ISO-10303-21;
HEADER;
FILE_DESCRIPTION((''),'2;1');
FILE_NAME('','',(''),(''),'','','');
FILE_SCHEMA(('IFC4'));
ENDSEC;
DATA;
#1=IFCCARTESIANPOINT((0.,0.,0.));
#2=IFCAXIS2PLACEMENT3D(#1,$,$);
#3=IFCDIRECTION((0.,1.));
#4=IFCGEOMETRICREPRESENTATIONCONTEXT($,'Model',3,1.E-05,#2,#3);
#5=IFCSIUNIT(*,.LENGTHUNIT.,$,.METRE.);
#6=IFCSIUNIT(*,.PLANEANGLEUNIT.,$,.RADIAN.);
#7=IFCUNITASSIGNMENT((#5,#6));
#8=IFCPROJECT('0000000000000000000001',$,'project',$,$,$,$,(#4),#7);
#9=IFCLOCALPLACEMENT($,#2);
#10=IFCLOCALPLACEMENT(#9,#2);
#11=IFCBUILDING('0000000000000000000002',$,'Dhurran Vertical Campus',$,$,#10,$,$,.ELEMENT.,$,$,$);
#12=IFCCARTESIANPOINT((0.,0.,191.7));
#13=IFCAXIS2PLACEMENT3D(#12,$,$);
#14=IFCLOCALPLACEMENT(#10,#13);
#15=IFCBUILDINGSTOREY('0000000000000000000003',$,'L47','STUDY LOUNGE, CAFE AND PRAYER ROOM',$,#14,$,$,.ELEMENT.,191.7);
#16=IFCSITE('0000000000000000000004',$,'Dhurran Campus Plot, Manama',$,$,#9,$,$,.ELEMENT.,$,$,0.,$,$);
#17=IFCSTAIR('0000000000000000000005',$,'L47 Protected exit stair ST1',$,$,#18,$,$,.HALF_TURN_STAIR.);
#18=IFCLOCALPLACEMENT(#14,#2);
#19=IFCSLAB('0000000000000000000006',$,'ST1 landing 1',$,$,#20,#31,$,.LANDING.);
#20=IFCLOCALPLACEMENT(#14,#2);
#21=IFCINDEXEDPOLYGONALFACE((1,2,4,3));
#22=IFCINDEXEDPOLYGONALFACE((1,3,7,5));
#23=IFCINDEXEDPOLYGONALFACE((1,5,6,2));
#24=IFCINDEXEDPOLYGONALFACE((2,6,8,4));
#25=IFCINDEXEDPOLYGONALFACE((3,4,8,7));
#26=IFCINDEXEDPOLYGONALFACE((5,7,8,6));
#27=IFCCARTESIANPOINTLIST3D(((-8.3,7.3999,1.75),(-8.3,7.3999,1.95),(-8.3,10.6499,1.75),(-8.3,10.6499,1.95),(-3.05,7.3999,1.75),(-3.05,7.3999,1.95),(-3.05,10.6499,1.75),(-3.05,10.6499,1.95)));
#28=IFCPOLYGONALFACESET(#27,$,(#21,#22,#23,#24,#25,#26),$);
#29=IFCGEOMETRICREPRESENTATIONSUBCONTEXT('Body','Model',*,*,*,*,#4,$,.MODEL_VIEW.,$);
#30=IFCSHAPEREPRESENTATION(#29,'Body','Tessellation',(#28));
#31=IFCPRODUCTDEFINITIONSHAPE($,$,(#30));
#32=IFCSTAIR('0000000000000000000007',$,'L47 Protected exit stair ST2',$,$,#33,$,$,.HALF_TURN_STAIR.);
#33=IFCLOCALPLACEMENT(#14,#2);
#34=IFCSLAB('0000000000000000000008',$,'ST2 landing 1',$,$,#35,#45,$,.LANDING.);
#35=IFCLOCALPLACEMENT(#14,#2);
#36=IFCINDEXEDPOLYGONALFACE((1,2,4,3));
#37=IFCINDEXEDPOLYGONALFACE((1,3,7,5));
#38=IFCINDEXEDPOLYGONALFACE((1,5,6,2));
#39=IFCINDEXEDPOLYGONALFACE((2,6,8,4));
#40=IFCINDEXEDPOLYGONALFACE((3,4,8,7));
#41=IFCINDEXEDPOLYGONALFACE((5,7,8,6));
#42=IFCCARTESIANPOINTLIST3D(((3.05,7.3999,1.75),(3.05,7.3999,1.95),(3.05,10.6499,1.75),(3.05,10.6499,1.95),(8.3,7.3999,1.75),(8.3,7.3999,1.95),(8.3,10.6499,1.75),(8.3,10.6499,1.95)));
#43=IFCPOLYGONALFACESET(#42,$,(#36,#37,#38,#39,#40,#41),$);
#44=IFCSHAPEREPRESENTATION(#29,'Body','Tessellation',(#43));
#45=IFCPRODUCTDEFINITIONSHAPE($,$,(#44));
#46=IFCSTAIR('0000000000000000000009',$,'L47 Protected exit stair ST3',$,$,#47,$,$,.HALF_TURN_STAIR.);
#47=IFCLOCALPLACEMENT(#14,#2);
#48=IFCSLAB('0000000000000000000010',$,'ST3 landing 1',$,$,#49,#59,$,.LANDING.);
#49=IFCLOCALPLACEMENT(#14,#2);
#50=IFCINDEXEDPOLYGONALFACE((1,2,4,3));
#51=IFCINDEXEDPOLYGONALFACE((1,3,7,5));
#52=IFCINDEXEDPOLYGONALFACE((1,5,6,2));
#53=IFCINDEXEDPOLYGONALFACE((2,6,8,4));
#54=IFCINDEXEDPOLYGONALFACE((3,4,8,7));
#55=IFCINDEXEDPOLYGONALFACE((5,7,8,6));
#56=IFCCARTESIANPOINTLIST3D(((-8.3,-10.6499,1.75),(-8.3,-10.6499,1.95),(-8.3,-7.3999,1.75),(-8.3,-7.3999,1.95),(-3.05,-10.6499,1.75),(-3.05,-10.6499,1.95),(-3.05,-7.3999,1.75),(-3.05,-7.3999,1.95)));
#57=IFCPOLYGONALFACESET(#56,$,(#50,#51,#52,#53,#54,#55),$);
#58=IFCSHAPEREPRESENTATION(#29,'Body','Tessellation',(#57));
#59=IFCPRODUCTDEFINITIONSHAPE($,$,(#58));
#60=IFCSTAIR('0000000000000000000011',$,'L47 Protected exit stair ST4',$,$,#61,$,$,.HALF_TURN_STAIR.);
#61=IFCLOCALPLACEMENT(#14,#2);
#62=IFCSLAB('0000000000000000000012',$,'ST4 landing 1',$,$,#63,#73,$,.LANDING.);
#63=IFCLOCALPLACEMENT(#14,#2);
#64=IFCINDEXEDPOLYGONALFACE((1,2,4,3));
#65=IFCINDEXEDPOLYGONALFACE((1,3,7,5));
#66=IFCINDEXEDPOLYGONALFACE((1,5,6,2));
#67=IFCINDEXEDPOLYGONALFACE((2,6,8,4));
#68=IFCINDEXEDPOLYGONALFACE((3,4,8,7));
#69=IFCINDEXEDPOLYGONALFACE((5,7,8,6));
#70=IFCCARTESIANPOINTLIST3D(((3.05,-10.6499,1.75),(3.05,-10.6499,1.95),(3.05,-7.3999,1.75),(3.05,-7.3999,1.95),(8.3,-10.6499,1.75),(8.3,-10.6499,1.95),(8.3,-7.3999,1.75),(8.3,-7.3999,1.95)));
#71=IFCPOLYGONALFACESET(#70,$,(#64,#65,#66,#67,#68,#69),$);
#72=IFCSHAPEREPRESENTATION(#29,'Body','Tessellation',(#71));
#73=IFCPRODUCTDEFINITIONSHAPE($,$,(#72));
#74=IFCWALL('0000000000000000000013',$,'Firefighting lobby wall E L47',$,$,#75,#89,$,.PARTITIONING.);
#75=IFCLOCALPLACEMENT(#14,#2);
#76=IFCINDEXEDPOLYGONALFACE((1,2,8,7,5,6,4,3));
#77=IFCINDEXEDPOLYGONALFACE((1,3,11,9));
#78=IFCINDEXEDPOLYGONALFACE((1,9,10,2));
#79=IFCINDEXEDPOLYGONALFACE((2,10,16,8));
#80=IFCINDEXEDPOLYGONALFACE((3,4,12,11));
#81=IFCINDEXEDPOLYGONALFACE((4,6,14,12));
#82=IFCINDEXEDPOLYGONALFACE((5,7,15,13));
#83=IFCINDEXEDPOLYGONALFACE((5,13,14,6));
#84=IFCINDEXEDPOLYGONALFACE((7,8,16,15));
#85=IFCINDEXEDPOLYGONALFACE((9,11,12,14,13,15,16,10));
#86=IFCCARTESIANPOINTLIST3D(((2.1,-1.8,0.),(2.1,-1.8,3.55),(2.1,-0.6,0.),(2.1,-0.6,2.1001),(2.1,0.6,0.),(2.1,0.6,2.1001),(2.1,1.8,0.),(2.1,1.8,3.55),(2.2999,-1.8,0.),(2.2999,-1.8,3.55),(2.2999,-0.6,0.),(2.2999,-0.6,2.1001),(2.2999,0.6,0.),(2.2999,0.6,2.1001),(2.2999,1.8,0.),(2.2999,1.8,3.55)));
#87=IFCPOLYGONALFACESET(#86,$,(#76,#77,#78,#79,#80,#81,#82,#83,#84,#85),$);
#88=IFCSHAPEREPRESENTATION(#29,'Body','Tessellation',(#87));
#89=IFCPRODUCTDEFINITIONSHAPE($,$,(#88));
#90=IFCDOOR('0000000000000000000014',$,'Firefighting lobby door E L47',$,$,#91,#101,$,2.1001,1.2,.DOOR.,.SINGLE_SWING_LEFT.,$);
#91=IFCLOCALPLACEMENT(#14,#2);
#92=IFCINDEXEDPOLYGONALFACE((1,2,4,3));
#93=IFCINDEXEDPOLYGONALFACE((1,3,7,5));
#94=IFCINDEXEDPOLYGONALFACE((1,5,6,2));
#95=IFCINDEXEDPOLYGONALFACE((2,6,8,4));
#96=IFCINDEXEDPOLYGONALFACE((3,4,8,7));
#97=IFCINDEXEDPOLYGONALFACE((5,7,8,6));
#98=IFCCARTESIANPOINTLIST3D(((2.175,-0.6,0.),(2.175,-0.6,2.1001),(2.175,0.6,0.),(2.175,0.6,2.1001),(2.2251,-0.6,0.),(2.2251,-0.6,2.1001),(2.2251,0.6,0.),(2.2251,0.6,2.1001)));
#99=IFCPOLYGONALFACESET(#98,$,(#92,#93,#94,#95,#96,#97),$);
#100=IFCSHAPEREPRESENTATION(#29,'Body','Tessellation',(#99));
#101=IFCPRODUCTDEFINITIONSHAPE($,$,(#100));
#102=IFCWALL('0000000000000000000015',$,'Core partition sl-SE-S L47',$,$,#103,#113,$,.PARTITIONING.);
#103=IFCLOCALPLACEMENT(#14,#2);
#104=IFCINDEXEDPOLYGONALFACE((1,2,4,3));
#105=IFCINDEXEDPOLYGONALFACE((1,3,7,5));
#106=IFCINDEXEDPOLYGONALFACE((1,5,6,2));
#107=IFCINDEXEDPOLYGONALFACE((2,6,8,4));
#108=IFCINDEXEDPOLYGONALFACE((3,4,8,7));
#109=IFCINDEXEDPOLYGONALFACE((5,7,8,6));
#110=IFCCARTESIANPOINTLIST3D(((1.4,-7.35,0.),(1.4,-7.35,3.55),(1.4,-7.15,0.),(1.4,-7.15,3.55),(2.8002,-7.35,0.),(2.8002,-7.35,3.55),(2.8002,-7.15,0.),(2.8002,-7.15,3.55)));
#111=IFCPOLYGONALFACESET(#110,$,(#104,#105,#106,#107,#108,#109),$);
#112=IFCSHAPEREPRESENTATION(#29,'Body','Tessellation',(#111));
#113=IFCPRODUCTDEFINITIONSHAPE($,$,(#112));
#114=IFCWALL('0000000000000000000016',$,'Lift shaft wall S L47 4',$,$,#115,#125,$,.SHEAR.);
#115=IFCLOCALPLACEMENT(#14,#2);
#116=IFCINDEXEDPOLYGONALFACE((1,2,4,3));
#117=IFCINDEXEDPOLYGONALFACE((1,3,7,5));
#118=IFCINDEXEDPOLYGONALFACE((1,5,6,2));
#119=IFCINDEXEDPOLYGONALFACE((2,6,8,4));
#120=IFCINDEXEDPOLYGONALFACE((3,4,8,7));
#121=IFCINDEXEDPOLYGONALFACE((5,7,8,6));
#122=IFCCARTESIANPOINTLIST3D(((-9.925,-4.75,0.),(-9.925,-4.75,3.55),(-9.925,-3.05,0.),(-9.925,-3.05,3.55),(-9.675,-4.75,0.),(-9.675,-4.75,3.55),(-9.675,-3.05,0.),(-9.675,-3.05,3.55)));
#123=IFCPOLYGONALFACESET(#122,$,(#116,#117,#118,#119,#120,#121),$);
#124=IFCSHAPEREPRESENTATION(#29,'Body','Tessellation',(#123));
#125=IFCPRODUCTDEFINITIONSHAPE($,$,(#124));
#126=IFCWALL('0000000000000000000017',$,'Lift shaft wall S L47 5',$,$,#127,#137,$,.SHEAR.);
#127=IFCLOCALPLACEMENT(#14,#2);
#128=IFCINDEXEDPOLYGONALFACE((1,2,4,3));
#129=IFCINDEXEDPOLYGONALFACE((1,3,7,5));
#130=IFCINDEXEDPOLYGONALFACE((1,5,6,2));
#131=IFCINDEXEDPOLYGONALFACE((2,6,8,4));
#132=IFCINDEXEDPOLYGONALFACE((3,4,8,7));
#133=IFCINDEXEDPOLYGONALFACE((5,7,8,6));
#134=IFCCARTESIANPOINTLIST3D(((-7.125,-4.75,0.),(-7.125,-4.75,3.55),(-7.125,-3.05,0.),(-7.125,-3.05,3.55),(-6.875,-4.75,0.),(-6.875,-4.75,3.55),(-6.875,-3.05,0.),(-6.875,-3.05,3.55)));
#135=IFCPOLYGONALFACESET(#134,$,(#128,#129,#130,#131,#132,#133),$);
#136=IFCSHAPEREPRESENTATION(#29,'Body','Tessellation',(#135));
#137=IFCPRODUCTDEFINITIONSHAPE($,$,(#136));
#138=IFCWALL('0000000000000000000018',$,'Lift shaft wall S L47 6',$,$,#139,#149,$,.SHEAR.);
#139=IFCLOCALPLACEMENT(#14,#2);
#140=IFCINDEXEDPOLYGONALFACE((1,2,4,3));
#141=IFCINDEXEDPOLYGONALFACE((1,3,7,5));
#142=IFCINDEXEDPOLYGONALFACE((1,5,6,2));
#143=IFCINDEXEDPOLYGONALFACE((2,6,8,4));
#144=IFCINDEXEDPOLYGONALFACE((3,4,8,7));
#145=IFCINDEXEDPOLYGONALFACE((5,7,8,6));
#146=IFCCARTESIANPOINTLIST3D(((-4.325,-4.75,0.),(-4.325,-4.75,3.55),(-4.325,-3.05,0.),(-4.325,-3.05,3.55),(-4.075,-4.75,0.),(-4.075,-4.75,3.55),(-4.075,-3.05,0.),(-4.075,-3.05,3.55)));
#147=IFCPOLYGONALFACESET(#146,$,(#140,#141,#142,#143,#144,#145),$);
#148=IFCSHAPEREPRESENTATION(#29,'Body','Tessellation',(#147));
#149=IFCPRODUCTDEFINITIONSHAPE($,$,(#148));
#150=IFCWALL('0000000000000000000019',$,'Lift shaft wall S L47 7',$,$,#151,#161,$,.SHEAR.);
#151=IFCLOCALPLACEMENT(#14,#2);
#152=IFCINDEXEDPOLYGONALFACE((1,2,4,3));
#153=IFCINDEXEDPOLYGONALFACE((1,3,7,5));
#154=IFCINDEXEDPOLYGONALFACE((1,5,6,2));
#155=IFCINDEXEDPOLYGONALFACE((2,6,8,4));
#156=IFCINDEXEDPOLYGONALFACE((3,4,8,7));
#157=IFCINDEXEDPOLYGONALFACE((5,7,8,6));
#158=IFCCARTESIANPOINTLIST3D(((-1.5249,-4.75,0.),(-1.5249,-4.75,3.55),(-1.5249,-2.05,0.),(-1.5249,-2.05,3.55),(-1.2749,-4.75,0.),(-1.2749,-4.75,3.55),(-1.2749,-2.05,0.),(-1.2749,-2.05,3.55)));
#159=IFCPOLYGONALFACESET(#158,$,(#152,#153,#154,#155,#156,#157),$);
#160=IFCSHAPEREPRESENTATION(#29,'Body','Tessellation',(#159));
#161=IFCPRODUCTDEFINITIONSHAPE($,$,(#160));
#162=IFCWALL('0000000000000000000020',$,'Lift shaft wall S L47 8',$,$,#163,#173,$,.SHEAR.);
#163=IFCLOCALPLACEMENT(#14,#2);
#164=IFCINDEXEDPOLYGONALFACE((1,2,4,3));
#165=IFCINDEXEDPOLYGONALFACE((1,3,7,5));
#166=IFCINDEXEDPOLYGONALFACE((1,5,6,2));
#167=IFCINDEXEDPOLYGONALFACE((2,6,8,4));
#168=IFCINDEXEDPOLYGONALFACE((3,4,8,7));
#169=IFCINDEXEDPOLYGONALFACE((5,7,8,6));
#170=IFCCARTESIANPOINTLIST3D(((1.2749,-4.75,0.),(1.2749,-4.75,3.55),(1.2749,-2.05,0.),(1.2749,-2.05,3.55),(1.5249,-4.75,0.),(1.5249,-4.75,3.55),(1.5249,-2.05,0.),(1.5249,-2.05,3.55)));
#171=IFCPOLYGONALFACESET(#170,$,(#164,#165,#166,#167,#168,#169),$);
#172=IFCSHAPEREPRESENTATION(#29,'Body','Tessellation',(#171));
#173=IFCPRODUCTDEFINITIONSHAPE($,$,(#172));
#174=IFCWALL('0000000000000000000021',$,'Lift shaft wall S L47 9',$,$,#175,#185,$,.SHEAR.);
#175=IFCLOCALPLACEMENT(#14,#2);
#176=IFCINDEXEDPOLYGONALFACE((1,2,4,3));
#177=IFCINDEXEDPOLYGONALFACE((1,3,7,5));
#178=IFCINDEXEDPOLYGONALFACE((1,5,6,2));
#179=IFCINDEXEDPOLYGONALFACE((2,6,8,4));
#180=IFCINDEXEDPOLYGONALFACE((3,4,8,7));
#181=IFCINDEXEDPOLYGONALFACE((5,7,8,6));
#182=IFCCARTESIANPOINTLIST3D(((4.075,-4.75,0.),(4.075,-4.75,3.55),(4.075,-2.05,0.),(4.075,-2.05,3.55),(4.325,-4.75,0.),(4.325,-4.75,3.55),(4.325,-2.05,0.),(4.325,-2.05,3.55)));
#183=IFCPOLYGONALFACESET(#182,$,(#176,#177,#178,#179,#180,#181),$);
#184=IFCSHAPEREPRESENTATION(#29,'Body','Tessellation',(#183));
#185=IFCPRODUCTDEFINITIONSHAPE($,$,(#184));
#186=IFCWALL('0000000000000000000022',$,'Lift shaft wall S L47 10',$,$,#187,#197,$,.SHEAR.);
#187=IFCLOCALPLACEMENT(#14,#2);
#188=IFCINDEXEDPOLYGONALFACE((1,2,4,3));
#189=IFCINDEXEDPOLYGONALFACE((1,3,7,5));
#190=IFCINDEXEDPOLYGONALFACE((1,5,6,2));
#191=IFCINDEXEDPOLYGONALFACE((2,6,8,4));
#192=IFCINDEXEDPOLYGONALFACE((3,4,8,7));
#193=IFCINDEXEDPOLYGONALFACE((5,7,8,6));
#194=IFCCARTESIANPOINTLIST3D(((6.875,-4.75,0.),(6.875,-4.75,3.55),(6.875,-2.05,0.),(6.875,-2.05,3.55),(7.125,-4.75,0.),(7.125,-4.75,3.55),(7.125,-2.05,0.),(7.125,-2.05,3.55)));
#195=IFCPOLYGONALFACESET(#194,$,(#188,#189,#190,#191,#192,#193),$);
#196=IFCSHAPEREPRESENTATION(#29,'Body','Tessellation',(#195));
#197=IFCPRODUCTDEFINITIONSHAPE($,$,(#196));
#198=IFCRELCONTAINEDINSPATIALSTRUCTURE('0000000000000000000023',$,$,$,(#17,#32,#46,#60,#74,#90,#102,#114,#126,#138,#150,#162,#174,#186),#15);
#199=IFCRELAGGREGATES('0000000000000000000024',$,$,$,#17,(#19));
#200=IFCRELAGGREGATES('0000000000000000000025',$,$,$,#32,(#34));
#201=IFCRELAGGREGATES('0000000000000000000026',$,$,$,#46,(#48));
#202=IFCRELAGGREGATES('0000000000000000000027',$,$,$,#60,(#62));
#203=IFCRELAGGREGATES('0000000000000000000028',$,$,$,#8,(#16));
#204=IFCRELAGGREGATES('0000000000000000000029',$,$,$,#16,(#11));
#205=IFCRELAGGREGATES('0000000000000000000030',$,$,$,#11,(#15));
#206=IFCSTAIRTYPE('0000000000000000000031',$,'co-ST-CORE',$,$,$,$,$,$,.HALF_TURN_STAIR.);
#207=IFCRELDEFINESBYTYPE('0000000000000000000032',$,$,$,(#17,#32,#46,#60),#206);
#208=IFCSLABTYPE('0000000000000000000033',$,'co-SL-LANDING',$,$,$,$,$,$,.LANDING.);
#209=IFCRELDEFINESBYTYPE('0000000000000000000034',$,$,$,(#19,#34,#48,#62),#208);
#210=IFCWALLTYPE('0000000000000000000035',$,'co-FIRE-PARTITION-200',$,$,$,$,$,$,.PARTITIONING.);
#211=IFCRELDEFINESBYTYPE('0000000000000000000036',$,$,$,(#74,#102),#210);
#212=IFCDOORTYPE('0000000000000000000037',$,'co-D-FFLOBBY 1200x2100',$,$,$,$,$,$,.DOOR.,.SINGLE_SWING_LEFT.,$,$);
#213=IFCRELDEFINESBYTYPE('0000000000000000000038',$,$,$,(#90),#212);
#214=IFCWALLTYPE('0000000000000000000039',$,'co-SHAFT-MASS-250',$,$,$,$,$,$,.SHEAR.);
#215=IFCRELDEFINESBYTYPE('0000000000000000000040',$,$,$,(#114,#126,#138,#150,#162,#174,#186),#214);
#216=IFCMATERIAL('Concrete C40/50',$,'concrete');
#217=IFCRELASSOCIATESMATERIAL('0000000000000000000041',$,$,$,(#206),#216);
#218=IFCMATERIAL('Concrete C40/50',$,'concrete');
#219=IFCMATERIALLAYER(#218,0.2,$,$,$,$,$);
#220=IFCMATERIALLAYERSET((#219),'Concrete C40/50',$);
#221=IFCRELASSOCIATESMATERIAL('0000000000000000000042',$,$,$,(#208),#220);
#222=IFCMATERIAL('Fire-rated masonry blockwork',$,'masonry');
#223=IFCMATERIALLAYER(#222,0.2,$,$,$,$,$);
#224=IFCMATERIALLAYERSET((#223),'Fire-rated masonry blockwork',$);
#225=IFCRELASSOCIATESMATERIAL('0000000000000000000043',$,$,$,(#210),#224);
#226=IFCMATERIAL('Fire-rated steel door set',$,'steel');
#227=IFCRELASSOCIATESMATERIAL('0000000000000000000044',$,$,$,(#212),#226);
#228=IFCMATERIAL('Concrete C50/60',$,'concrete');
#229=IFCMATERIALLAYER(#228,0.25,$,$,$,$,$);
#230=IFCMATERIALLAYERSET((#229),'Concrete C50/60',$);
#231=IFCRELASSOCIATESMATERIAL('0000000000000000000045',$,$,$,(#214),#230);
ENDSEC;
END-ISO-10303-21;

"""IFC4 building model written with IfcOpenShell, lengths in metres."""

from ifc_helpers import new_model, si_unit, direction, frame, frame_2d, origin, place, context, subcontext, project, spatial, polyline, rectangle, outline, extrude, material, layer, layer_set, type_object, element, fill, aggregate, save


model = new_model("IFC4")

# Units and contexts
model_context = context("Model", 3, precision=1e-05, world=origin(), true_north=direction((0.0, 1.0)))
body_context = subcontext(model_context, "Body", "Model", "MODEL_VIEW")
ifc_project = project(units=[si_unit("LENGTHUNIT", "METRE"), si_unit("PLANEANGLEUNIT", "RADIAN")], contexts=[model_context])

# Site, building, storey
site_placement = place(None, origin())
site = spatial("IfcSite", under=ifc_project, at=site_placement, Name="Dhurran Campus Plot, Manama", CompositionType="ELEMENT", RefElevation=0.0)
building_placement = place(site_placement, origin())
building = spatial("IfcBuilding", under=site, at=building_placement, Name="Dhurran Vertical Campus", CompositionType="ELEMENT")
storey_placement = place(building_placement, frame((0.0, 0.0, 191.7)))
storey = spatial("IfcBuildingStorey", under=building, at=storey_placement, Name="L47", Description="STUDY LOUNGE, CAFE AND PRAYER ROOM", CompositionType="ELEMENT", Elevation=191.7)

# Stairs, slabs
ifc_material_1 = material(Name="Concrete C40/50", Category="concrete")
stair_type = type_object("IfcStairType", Name="co-ST-CORE", PredefinedType="HALF_TURN_STAIR", material=ifc_material_1)
stair_1_placement = place(storey_placement, origin())
stair_1 = element("IfcStair", 1, at=stair_1_placement, inside=storey, type_object=stair_type, Name="L47 Protected exit stair ST1", PredefinedType="HALF_TURN_STAIR")
ifc_material_2 = material(Name="Concrete C40/50", Category="concrete")
ifc_layer_1 = layer(ifc_material_2, 0.2)
ifc_layer_set_1 = layer_set([ifc_layer_1], Name="Concrete C40/50")
slab_type = type_object("IfcSlabType", Name="co-SL-LANDING", PredefinedType="LANDING", material=ifc_layer_set_1)
slab_1_placement = place(storey_placement, frame((0.0, 0.0, 1.75)))
slab_1 = element("IfcSlab", 2, at=slab_1_placement, type_object=slab_type, Name="ST1 landing 1", PredefinedType="LANDING", context=body_context, shape_type="SweptSolid", body=[
    extrude(outline(polyline([(-8.3, 7.3999), (-3.05, 7.3999), (-3.05, 10.6499), (-8.3, 10.6499), (-8.3, 7.3999)])), origin(), (0.0, 0.0, 1.0), 0.2),
])
aggregate(stair_1, [slab_1])
stair_2_placement = place(storey_placement, origin())
stair_2 = element("IfcStair", 3, at=stair_2_placement, inside=storey, type_object=stair_type, Name="L47 Protected exit stair ST2", PredefinedType="HALF_TURN_STAIR")
slab_2_placement = place(storey_placement, frame((0.0, 0.0, 1.75)))
slab_2 = element("IfcSlab", 4, at=slab_2_placement, type_object=slab_type, Name="ST2 landing 1", PredefinedType="LANDING", context=body_context, shape_type="SweptSolid", body=[
    extrude(outline(polyline([(8.3, 10.6499), (3.05, 10.6499), (3.05, 7.3999), (8.3, 7.3999), (8.3, 10.6499)])), origin(), (0.0, 0.0, 1.0), 0.2),
])
aggregate(stair_2, [slab_2])
stair_3_placement = place(storey_placement, origin())
stair_3 = element("IfcStair", 5, at=stair_3_placement, inside=storey, type_object=stair_type, Name="L47 Protected exit stair ST3", PredefinedType="HALF_TURN_STAIR")
slab_3_placement = place(storey_placement, frame((0.0, 0.0, 1.75)))
slab_3 = element("IfcSlab", 6, at=slab_3_placement, type_object=slab_type, Name="ST3 landing 1", PredefinedType="LANDING", context=body_context, shape_type="SweptSolid", body=[
    extrude(outline(polyline([(-8.3, -10.6499), (-3.05, -10.6499), (-3.05, -7.3999), (-8.3, -7.3999), (-8.3, -10.6499)])), origin(), (0.0, 0.0, 1.0), 0.2),
])
aggregate(stair_3, [slab_3])
stair_4_placement = place(storey_placement, origin())
stair_4 = element("IfcStair", 7, at=stair_4_placement, inside=storey, type_object=stair_type, Name="L47 Protected exit stair ST4", PredefinedType="HALF_TURN_STAIR")
slab_4_placement = place(storey_placement, frame((0.0, 0.0, 1.75)))
slab_4 = element("IfcSlab", 8, at=slab_4_placement, type_object=slab_type, Name="ST4 landing 1", PredefinedType="LANDING", context=body_context, shape_type="SweptSolid", body=[
    extrude(outline(polyline([(8.3, -7.3999), (3.05, -7.3999), (3.05, -10.6499), (8.3, -10.6499), (8.3, -7.3999)])), origin(), (0.0, 0.0, 1.0), 0.2),
])
aggregate(stair_4, [slab_4])

# Wall, opening, door
ifc_material_3 = material(Name="Fire-rated masonry blockwork", Category="masonry")
ifc_layer_2 = layer(ifc_material_3, 0.2)
ifc_layer_set_2 = layer_set([ifc_layer_2], Name="Fire-rated masonry blockwork")
wall_type_1 = type_object("IfcWallType", Name="co-FIRE-PARTITION-200", PredefinedType="PARTITIONING", material=ifc_layer_set_2)
wall_1_placement = place(storey_placement, frame((2.2, -1.8, 0.0), z_axis=(0.0, 0.0, 1.0), x_axis=(0.0, 1.0, 0.0)))
wall_1 = element("IfcWall", 9, at=wall_1_placement, inside=storey, type_object=wall_type_1, Name="Firefighting lobby wall E L47", PredefinedType="PARTITIONING", context=body_context, shape_type="SweptSolid", body=[
    extrude(rectangle(XDim=3.6001, YDim=0.2, at=frame_2d((1.8, 0.0))), origin(), (0.0, 0.0, 1.0), 3.55),
])
opening_placement = place(wall_1_placement, frame((1.2, 0.0, 0.0)))
opening = element("IfcOpeningElement", 10, at=opening_placement, cuts=wall_1, PredefinedType="OPENING", context=body_context, shape_type="SweptSolid", body=[
    extrude(rectangle(XDim=1.2, YDim=2.1001, at=frame_2d((0.6001, 1.05))), frame((0.0, 0.1099, 0.0), z_axis=(0.0, -1.0, 0.0), x_axis=(1.0, 0.0, 0.0)), (0.0, 0.0, 1.0), 0.22),
])
ifc_material_4 = material(Name="Fire-rated steel door set", Category="steel")
door_type = type_object("IfcDoorType", Name="co-D-FFLOBBY 1200x2100", OperationType="SINGLE_SWING_LEFT", PredefinedType="DOOR", material=ifc_material_4)
door_placement = place(opening_placement, origin())
door = element("IfcDoor", 11, at=door_placement, inside=storey, type_object=door_type, Name="Firefighting lobby door E L47", OperationType="SINGLE_SWING_LEFT", OverallHeight=2.1001, OverallWidth=1.2, PredefinedType="DOOR", context=body_context, shape_type="SweptSolid", body=[
    extrude(rectangle(XDim=1.2, YDim=2.1001, at=frame_2d((0.6001, 1.05))), frame((0.0, 0.0249, 0.0), z_axis=(0.0, -1.0, 0.0), x_axis=(1.0, 0.0, 0.0)), (0.0, 0.0, 1.0), 0.05),
])
fill(opening, door)

# Walls
wall_2_placement = place(storey_placement, frame((1.3999, -7.25, 0.0), z_axis=(0.0, 0.0, 1.0), x_axis=(1.0, 0.0, 0.0)))
element("IfcWall", 12, at=wall_2_placement, inside=storey, type_object=wall_type_1, Name="Core partition sl-SE-S L47", PredefinedType="PARTITIONING", context=body_context, shape_type="SweptSolid", body=[
    extrude(rectangle(XDim=1.4001, YDim=0.2, at=frame_2d((0.7002, 0.0))), origin(), (0.0, 0.0, 1.0), 3.55),
])
ifc_material_5 = material(Name="Concrete C50/60", Category="concrete")
ifc_layer_3 = layer(ifc_material_5, 0.25)
ifc_layer_set_3 = layer_set([ifc_layer_3], Name="Concrete C50/60")
wall_type_2 = type_object("IfcWallType", Name="co-SHAFT-MASS-250", PredefinedType="SHEAR", material=ifc_layer_set_3)
wall_3_placement = place(storey_placement, origin())
element("IfcWall", 13, at=wall_3_placement, inside=storey, type_object=wall_type_2, Name="Lift shaft wall S L47 4", PredefinedType="SHEAR", context=body_context, shape_type="SweptSolid", body=[
    extrude(outline(polyline([(-9.925, -4.75), (-9.675, -4.75), (-9.675, -3.05), (-9.925, -3.05), (-9.925, -4.75)])), origin(), (0.0, 0.0, 1.0), 3.55),
])
wall_4_placement = place(storey_placement, origin())
element("IfcWall", 14, at=wall_4_placement, inside=storey, type_object=wall_type_2, Name="Lift shaft wall S L47 5", PredefinedType="SHEAR", context=body_context, shape_type="SweptSolid", body=[
    extrude(outline(polyline([(-7.125, -4.75), (-6.875, -4.75), (-6.875, -3.05), (-7.125, -3.05), (-7.125, -4.75)])), origin(), (0.0, 0.0, 1.0), 3.55),
])
wall_5_placement = place(storey_placement, origin())
element("IfcWall", 15, at=wall_5_placement, inside=storey, type_object=wall_type_2, Name="Lift shaft wall S L47 6", PredefinedType="SHEAR", context=body_context, shape_type="SweptSolid", body=[
    extrude(outline(polyline([(-4.325, -4.75), (-4.075, -4.75), (-4.075, -3.05), (-4.325, -3.05), (-4.325, -4.75)])), origin(), (0.0, 0.0, 1.0), 3.55),
])
wall_6_placement = place(storey_placement, origin())
element("IfcWall", 16, at=wall_6_placement, inside=storey, type_object=wall_type_2, Name="Lift shaft wall S L47 7", PredefinedType="SHEAR", context=body_context, shape_type="SweptSolid", body=[
    extrude(outline(polyline([(-1.5249, -4.75), (-1.2749, -4.75), (-1.2749, -2.05), (-1.5249, -2.05), (-1.5249, -4.75)])), origin(), (0.0, 0.0, 1.0), 3.55),
])
wall_7_placement = place(storey_placement, origin())
element("IfcWall", 17, at=wall_7_placement, inside=storey, type_object=wall_type_2, Name="Lift shaft wall S L47 8", PredefinedType="SHEAR", context=body_context, shape_type="SweptSolid", body=[
    extrude(outline(polyline([(1.2749, -4.75), (1.5249, -4.75), (1.5249, -2.05), (1.2749, -2.05), (1.2749, -4.75)])), origin(), (0.0, 0.0, 1.0), 3.55),
])
wall_8_placement = place(storey_placement, origin())
element("IfcWall", 18, at=wall_8_placement, inside=storey, type_object=wall_type_2, Name="Lift shaft wall S L47 9", PredefinedType="SHEAR", context=body_context, shape_type="SweptSolid", body=[
    extrude(outline(polyline([(4.075, -4.75), (4.325, -4.75), (4.325, -2.05), (4.075, -2.05), (4.075, -4.75)])), origin(), (0.0, 0.0, 1.0), 3.55),
])
wall_9_placement = place(storey_placement, origin())
element("IfcWall", 19, at=wall_9_placement, inside=storey, type_object=wall_type_2, Name="Lift shaft wall S L47 10", PredefinedType="SHEAR", context=body_context, shape_type="SweptSolid", body=[
    extrude(outline(polyline([(6.875, -4.75), (7.125, -4.75), (7.125, -2.05), (6.875, -2.05), (6.875, -4.75)])), origin(), (0.0, 0.0, 1.0), 3.55),
])

save(model, "model.ifc")
